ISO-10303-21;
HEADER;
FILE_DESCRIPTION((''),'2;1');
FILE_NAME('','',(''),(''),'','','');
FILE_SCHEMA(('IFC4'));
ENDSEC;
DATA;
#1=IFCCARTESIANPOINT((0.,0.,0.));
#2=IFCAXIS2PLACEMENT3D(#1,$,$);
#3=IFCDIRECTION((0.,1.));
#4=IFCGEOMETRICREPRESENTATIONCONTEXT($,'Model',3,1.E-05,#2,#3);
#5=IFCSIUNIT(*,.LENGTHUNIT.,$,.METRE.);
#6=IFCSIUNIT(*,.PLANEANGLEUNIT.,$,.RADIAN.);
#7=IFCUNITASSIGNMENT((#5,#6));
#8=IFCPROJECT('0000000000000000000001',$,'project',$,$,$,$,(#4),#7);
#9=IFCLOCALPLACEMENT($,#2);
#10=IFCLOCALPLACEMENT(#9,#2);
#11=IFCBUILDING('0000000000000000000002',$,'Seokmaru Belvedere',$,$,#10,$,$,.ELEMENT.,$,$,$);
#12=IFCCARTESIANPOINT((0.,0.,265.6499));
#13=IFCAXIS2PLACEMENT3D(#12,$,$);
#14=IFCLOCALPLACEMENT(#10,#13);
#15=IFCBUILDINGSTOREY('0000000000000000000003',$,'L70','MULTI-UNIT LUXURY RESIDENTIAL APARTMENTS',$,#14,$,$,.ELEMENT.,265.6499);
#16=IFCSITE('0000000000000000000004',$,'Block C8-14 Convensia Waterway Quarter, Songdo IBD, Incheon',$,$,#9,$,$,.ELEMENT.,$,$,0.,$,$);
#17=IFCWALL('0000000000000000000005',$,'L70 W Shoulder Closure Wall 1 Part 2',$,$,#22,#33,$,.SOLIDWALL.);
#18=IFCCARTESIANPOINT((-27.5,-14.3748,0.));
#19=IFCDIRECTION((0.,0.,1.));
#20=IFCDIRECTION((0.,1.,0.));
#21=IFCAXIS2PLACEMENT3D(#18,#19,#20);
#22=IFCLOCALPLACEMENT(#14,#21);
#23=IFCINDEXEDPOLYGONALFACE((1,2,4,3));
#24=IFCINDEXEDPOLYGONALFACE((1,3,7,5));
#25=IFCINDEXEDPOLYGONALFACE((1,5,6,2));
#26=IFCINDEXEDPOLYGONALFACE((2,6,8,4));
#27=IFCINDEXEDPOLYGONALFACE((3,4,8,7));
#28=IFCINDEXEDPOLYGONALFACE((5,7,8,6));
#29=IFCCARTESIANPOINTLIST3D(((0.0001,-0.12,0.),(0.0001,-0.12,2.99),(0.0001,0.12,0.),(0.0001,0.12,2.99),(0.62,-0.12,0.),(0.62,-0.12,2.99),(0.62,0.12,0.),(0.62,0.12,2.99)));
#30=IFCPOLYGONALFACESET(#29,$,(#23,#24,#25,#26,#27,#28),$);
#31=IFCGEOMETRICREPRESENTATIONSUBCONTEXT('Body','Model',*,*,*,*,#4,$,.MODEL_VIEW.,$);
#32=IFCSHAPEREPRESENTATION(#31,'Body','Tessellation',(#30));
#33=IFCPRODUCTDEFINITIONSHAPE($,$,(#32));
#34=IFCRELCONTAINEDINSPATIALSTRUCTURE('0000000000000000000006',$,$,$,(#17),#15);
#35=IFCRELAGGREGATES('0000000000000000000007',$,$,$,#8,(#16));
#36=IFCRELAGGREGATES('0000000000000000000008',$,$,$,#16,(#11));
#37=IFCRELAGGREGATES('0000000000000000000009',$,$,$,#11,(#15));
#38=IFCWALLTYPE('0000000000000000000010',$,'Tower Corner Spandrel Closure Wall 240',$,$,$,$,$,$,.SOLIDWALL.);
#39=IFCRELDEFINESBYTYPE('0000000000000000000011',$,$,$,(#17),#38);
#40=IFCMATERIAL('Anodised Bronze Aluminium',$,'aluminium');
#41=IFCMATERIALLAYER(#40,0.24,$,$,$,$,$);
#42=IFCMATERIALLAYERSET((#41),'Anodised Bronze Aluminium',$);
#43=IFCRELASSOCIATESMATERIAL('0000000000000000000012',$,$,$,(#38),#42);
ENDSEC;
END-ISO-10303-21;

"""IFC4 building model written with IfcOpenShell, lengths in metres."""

from ifc_helpers import new_model, si_unit, direction, frame, frame_2d, origin, place, context, subcontext, project, spatial, rectangle, extrude, material, layer, layer_set, type_object, element, save


model = new_model("IFC4")

# Units and contexts
model_context = context("Model", 3, precision=1e-05, world=origin(), true_north=direction((0.0, 1.0)))
body_context = subcontext(model_context, "Body", "Model", "MODEL_VIEW")
ifc_project = project(units=[si_unit("LENGTHUNIT", "METRE"), si_unit("PLANEANGLEUNIT", "RADIAN")], contexts=[model_context])

# Site, building, storey
site_placement = place(None, origin())
site = spatial("IfcSite", under=ifc_project, at=site_placement, Name="Block C8-14 Convensia Waterway Quarter, Songdo IBD, Incheon", CompositionType="ELEMENT", RefElevation=0.0)
building_placement = place(site_placement, origin())
building = spatial("IfcBuilding", under=site, at=building_placement, Name="Seokmaru Belvedere", CompositionType="ELEMENT")
storey_placement = place(building_placement, frame((0.0, 0.0, 265.6499)))
storey = spatial("IfcBuildingStorey", under=building, at=storey_placement, Name="L70", Description="MULTI-UNIT LUXURY RESIDENTIAL APARTMENTS", CompositionType="ELEMENT", Elevation=265.6499)

# Shared definitions
ifc_material_1 = material(Name="Anodised Bronze Aluminium", Category="aluminium")

# Wall
ifc_layer_1 = layer(ifc_material_1, 0.24)
ifc_layer_set_1 = layer_set([ifc_layer_1], Name="Anodised Bronze Aluminium")
wall_type_1 = type_object("IfcWallType", Name="Tower Corner Spandrel Closure Wall 240", PredefinedType="SOLIDWALL", material=ifc_layer_set_1)
wall_1_placement = place(storey_placement, frame((-27.5, -14.3748, 0.0), z_axis=(0.0, 0.0, 1.0), x_axis=(0.0, 1.0, 0.0)))
element("IfcWall", 1, at=wall_1_placement, inside=storey, type_object=wall_type_1, Name="L70 W Shoulder Closure Wall 1 Part 2", PredefinedType="SOLIDWALL", context=body_context, shape_type="SweptSolid", body=[
    extrude(rectangle(XDim=0.6199, YDim=0.24, at=frame_2d((0.3101, 0.0))), origin(), (0.0, 0.0, 1.0), 2.99),
])

save(model, "model.ifc")
